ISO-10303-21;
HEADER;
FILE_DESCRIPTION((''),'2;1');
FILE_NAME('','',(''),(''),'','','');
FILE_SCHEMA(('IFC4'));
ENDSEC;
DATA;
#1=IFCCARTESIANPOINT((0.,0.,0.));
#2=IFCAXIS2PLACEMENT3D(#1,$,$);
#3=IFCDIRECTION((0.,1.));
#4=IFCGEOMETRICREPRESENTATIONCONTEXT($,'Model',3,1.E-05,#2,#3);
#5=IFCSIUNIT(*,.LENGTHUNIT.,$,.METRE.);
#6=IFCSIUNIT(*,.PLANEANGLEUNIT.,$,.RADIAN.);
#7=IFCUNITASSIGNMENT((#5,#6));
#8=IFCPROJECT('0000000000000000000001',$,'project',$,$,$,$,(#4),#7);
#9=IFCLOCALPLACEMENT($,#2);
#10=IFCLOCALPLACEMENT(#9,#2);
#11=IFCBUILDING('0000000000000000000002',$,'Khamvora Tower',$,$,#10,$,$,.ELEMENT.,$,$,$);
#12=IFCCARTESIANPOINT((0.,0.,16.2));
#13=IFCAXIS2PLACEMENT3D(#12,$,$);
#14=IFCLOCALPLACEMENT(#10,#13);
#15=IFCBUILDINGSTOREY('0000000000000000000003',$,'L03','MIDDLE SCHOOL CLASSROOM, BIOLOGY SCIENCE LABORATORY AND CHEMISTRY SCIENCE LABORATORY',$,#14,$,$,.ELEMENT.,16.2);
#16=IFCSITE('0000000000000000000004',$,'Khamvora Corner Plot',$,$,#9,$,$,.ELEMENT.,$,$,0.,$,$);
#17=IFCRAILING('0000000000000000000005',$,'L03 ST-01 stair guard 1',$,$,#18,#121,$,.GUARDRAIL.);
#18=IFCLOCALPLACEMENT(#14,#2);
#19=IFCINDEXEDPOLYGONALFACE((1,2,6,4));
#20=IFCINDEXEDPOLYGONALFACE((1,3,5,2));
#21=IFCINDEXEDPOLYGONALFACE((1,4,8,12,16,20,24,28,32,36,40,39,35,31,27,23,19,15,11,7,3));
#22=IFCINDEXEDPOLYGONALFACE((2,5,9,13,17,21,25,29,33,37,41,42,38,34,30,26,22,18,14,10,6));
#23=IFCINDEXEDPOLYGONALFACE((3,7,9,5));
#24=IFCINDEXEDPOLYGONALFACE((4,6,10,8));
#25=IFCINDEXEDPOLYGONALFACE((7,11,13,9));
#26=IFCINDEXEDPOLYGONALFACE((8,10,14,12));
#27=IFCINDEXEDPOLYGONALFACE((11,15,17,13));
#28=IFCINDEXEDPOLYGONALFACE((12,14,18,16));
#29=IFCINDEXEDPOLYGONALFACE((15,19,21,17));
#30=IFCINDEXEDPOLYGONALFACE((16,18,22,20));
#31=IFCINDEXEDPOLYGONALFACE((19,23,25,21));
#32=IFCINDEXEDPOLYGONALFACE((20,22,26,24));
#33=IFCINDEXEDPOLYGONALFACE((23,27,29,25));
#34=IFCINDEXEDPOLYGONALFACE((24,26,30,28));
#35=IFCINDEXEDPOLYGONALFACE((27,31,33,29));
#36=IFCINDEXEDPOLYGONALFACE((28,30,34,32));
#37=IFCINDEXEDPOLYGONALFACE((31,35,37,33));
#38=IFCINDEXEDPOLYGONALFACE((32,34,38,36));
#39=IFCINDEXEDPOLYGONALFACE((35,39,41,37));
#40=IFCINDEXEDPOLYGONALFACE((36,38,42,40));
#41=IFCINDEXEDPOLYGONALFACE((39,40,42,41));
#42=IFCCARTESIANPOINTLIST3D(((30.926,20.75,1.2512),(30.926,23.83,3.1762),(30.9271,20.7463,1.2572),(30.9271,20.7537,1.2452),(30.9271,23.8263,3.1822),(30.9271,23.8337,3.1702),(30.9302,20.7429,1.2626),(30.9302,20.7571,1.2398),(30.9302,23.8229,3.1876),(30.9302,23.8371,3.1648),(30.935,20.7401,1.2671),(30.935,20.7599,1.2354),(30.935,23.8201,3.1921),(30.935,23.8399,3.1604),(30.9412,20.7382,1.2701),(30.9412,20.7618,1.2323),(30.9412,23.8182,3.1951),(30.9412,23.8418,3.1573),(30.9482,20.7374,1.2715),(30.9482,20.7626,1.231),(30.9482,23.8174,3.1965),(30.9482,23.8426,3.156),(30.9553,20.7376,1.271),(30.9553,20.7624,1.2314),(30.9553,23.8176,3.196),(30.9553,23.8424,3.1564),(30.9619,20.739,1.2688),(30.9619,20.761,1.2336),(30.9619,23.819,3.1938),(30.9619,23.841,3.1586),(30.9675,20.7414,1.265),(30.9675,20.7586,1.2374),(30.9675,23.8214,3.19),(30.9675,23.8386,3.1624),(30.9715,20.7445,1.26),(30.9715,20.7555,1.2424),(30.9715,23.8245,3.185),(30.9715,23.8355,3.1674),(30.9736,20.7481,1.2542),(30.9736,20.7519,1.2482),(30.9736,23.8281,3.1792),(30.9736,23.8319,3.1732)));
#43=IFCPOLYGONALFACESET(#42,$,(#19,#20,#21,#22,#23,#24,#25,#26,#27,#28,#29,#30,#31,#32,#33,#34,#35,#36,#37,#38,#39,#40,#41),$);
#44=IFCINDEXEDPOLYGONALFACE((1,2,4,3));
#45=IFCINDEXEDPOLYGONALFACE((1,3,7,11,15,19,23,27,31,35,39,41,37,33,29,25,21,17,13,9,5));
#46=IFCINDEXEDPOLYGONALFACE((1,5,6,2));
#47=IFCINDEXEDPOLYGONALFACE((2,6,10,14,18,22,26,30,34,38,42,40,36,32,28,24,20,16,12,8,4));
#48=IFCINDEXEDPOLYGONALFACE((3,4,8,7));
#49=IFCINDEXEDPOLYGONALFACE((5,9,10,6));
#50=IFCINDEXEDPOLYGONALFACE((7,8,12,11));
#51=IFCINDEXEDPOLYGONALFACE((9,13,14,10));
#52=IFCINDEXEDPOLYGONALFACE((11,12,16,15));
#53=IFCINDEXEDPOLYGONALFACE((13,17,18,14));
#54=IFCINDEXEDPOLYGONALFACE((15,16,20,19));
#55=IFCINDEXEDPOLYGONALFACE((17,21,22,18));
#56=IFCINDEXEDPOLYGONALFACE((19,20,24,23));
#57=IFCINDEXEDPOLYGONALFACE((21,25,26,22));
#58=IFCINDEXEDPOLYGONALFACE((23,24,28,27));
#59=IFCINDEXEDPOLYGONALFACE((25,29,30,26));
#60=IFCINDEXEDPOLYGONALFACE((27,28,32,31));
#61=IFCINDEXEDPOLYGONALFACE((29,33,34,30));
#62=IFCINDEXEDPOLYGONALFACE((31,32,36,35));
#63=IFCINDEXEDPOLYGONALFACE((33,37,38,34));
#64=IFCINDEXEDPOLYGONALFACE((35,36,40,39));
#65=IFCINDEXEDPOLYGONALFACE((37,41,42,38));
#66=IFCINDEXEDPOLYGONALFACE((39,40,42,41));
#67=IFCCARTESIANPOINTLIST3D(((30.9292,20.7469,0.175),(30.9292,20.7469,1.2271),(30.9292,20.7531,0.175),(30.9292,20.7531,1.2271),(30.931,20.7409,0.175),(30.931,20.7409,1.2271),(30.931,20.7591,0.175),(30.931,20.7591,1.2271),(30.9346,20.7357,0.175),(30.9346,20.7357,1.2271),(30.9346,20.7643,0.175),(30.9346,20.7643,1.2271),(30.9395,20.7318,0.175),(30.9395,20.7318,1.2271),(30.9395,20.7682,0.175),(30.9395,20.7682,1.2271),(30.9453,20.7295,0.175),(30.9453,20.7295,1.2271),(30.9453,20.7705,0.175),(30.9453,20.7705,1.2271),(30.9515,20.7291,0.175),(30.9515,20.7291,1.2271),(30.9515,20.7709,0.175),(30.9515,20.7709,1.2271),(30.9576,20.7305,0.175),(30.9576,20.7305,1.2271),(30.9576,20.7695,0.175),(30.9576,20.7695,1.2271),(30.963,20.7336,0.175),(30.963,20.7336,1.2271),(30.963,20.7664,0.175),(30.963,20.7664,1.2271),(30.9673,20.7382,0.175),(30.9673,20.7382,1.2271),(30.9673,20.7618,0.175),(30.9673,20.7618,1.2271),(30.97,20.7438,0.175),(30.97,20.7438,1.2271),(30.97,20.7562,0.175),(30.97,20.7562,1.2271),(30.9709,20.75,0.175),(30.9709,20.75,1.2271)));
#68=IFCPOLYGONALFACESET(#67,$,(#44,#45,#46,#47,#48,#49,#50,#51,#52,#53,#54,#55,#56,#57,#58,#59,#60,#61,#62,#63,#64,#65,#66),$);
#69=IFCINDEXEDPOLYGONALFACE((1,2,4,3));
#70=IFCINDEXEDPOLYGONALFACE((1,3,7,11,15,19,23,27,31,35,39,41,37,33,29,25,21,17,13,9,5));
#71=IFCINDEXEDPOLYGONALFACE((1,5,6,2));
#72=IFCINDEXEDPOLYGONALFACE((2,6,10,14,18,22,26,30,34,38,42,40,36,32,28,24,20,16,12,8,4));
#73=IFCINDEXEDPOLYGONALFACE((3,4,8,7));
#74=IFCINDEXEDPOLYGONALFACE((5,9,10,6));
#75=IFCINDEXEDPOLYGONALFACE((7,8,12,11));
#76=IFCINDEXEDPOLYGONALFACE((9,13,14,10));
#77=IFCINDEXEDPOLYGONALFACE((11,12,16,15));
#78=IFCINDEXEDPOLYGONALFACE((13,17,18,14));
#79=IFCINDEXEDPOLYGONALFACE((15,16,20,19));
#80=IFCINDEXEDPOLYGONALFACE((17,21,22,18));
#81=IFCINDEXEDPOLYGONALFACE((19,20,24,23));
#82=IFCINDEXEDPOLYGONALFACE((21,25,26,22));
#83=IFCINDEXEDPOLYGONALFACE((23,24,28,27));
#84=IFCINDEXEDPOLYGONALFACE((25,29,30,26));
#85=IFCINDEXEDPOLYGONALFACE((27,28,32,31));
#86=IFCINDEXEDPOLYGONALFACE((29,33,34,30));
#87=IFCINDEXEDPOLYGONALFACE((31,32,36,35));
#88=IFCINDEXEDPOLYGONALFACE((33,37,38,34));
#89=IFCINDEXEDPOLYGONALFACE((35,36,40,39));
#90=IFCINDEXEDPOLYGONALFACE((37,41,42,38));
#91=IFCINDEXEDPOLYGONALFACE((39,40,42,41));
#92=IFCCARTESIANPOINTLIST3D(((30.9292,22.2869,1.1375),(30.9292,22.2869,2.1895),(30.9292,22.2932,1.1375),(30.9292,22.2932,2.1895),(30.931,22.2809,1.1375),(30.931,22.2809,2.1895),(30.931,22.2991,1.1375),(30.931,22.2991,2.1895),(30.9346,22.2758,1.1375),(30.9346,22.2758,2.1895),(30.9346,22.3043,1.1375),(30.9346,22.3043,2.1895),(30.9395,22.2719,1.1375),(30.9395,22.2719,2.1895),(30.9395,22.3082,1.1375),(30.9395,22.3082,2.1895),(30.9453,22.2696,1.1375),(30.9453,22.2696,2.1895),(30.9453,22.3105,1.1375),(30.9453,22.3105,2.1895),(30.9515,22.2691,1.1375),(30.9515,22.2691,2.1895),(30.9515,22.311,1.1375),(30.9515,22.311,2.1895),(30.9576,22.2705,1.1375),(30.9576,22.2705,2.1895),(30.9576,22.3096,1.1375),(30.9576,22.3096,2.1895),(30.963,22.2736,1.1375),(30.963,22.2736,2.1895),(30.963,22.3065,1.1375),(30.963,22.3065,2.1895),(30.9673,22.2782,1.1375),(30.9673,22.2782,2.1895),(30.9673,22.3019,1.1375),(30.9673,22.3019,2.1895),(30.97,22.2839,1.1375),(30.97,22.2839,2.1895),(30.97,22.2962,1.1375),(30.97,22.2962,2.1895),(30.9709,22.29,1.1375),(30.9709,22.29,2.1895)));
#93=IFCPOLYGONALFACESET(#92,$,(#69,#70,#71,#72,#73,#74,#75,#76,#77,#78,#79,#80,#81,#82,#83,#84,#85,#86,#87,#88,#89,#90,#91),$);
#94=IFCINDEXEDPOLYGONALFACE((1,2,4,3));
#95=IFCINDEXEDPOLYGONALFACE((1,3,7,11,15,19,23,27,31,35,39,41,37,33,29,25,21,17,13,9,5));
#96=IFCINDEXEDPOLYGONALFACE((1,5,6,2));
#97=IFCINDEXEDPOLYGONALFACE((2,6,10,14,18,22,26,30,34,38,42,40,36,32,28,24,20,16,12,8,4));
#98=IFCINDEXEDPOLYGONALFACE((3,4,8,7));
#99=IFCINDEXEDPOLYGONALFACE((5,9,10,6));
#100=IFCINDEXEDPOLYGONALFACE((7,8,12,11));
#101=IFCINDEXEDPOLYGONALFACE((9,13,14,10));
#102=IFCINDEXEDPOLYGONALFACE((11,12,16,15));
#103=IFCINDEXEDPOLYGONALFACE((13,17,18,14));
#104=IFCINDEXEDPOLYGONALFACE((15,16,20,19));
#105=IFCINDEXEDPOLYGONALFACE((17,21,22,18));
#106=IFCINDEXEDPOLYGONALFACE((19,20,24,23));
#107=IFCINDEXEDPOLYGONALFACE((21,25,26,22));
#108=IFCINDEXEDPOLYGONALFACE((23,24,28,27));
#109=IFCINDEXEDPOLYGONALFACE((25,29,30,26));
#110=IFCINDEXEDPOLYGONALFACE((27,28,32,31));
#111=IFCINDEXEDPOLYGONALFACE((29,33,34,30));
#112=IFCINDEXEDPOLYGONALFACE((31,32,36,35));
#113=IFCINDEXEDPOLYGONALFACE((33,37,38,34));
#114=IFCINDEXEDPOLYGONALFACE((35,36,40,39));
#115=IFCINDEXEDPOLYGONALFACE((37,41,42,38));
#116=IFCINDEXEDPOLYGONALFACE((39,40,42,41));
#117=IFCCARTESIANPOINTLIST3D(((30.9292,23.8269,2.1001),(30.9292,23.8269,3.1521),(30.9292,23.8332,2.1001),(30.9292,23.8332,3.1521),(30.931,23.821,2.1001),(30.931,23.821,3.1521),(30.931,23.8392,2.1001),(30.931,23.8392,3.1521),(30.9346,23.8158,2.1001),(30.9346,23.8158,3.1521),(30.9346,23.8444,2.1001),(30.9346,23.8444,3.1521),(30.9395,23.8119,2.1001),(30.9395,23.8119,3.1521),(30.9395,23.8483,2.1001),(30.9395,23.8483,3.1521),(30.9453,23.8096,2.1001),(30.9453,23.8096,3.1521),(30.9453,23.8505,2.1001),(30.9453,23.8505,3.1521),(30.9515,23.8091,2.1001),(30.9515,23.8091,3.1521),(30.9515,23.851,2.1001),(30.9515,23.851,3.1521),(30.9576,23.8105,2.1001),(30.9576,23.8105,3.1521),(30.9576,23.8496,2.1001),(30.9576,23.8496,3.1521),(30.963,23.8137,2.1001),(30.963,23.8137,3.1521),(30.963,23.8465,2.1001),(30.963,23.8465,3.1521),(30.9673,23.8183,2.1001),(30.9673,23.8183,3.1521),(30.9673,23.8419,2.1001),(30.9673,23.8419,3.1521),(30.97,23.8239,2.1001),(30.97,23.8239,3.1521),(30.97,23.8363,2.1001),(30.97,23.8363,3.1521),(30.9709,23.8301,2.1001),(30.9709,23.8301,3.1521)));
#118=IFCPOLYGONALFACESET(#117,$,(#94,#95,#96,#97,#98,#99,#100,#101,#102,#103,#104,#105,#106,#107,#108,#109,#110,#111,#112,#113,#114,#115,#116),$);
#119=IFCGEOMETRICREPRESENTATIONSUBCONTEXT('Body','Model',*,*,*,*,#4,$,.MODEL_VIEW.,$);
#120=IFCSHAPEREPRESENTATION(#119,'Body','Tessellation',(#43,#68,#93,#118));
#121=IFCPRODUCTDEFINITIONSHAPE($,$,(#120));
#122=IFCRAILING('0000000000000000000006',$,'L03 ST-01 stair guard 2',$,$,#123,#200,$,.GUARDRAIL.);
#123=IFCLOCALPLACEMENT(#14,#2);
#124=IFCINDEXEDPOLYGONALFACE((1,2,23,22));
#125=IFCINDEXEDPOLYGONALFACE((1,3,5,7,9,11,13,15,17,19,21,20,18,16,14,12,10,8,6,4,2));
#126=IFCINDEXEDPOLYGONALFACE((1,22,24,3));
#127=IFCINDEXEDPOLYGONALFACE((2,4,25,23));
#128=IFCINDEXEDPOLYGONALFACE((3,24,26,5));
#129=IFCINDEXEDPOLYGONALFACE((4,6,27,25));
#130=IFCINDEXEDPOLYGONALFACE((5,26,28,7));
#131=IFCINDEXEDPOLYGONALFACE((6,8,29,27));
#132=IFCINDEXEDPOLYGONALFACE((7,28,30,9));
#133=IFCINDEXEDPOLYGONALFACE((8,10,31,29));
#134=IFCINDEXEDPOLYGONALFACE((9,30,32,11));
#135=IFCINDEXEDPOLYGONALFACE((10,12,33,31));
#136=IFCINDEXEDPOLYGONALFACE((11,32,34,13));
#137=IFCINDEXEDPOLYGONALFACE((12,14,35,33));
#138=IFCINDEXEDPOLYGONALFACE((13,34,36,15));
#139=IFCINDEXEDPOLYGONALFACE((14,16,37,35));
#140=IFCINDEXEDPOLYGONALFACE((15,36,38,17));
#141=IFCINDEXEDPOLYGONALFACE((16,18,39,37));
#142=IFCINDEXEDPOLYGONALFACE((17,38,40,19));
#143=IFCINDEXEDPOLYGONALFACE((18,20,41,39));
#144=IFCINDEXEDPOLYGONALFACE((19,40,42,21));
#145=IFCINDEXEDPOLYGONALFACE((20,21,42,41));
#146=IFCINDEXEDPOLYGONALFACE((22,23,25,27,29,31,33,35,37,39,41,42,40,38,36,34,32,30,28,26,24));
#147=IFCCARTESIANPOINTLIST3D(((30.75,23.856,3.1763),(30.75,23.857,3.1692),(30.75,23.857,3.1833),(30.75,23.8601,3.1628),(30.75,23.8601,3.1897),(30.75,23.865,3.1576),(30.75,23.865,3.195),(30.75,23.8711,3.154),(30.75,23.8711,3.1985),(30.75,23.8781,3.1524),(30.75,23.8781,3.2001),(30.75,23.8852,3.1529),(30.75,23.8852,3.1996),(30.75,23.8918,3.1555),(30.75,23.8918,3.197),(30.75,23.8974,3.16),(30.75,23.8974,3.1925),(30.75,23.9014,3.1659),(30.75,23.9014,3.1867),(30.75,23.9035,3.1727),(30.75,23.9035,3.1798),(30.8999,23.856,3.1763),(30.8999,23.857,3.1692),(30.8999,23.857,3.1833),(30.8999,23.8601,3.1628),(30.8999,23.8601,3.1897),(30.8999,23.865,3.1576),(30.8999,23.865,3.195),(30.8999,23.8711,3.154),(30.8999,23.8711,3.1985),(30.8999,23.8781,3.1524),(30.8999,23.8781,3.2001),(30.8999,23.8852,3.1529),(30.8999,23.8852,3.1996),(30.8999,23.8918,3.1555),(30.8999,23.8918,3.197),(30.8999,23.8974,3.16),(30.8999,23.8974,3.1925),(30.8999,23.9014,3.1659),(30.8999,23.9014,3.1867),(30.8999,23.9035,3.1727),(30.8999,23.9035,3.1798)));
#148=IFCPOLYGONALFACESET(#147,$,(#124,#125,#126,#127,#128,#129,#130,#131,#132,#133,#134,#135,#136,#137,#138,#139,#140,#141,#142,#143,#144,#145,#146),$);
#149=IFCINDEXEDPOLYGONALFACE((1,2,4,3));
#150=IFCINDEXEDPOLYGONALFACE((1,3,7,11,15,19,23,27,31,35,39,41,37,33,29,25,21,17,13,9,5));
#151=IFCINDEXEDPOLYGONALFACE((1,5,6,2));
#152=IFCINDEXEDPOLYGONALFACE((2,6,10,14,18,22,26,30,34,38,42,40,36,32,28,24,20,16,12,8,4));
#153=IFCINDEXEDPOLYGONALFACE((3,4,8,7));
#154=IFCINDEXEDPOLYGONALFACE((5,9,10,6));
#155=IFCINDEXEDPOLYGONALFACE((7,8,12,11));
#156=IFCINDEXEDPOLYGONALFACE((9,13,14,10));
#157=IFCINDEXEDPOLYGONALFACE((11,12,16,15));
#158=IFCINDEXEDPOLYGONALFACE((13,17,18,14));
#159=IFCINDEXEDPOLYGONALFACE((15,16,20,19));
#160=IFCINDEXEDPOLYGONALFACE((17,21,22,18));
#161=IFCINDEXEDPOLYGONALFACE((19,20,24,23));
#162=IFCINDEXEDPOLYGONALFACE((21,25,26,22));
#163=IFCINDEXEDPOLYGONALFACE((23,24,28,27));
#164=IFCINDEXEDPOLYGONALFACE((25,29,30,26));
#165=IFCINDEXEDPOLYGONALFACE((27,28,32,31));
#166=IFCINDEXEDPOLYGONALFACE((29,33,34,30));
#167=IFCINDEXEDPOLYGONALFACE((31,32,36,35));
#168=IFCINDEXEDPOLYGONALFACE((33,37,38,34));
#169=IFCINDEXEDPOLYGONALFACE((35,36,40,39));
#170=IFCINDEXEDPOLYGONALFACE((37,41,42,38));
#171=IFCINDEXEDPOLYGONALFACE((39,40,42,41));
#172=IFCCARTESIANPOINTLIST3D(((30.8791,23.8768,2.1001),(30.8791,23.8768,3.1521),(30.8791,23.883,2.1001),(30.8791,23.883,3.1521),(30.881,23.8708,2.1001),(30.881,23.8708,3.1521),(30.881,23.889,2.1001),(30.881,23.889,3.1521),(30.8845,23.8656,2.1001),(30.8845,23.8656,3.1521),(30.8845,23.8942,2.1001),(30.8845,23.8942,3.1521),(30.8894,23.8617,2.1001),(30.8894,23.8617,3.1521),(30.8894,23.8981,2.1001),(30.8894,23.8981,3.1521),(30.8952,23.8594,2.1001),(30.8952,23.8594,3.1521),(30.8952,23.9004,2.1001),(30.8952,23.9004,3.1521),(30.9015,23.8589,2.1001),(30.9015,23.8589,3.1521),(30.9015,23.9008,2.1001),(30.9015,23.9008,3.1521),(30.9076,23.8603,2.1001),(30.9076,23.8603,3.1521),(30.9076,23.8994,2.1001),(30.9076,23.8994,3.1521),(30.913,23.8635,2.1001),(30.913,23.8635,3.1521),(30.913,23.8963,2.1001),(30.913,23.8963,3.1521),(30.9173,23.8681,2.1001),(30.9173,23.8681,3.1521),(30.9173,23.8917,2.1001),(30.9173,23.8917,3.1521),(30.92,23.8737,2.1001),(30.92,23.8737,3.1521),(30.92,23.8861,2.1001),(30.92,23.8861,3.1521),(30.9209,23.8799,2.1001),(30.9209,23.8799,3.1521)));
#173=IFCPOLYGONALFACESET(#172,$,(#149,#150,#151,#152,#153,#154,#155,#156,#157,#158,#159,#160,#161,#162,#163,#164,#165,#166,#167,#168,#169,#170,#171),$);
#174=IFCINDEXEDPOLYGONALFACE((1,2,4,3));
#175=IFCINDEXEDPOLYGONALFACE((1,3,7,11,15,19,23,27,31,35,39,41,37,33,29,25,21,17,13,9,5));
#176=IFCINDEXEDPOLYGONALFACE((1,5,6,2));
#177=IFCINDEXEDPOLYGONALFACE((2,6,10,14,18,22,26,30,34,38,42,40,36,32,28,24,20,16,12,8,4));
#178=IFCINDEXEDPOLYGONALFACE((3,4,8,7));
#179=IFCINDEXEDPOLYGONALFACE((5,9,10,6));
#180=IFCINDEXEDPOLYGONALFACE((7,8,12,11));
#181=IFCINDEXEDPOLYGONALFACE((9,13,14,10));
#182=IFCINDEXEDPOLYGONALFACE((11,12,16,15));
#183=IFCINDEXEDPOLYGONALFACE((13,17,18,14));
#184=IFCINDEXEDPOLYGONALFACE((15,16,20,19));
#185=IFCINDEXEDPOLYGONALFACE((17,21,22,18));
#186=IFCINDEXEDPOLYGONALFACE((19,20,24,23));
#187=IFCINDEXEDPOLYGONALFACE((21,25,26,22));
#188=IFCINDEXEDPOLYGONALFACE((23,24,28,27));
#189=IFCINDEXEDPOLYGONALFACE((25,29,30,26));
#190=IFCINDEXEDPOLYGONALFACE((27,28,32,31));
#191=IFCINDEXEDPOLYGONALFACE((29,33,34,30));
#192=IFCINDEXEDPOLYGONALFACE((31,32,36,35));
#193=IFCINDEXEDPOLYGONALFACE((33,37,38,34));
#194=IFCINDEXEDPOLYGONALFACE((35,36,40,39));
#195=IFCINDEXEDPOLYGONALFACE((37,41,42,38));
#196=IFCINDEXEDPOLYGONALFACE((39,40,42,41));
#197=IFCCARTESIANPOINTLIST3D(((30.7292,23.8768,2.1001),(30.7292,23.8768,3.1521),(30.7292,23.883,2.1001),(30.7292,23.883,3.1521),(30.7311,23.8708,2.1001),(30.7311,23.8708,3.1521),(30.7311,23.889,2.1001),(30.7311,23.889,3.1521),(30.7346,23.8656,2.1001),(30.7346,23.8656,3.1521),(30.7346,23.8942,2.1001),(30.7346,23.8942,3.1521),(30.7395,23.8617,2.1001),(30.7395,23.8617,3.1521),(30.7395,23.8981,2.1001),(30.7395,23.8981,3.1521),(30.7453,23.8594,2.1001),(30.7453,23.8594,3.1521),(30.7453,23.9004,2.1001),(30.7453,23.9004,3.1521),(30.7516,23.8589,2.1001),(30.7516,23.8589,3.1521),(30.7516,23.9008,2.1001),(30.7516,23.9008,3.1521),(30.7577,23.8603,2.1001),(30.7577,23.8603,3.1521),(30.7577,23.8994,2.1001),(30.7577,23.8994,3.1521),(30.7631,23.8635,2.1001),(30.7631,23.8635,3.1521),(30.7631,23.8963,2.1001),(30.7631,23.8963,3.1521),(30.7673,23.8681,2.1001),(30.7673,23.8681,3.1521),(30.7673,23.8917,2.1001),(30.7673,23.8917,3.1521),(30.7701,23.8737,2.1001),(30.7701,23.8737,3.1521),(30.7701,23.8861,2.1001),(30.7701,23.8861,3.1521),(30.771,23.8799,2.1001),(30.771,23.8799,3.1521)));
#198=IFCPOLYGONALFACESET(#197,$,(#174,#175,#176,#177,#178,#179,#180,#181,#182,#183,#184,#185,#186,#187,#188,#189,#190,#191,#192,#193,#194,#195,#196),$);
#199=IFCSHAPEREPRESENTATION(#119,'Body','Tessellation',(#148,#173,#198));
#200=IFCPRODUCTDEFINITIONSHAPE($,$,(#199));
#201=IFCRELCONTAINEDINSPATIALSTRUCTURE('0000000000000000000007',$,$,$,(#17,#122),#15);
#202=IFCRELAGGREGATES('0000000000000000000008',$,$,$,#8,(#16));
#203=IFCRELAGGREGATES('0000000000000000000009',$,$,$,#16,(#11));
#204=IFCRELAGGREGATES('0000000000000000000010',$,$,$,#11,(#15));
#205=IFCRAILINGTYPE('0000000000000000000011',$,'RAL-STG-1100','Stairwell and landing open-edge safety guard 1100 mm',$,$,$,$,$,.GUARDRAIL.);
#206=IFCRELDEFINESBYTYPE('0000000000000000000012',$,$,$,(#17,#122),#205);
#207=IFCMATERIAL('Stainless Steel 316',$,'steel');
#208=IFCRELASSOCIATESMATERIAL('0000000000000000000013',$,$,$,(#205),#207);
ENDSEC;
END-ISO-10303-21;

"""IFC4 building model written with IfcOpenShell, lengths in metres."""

from ifc_helpers import new_model, si_unit, direction, frame, origin, origin_2d, place, context, subcontext, project, spatial, circle, extrude, material, type_object, element, save


model = new_model("IFC4")

# Units and contexts
model_context = context("Model", 3, precision=1e-05, world=origin(), true_north=direction((0.0, 1.0)))
body_context = subcontext(model_context, "Body", "Model", "MODEL_VIEW")
ifc_project = project(units=[si_unit("LENGTHUNIT", "METRE"), si_unit("PLANEANGLEUNIT", "RADIAN")], contexts=[model_context])

# Site, building, storey
site_placement = place(None, origin())
site = spatial("IfcSite", under=ifc_project, at=site_placement, Name="Khamvora Corner Plot", CompositionType="ELEMENT", RefElevation=0.0)
building_placement = place(site_placement, origin())
building = spatial("IfcBuilding", under=site, at=building_placement, Name="Khamvora Tower", CompositionType="ELEMENT")
storey_placement = place(building_placement, frame((0.0, 0.0, 16.2)))
storey = spatial("IfcBuildingStorey", under=building, at=storey_placement, Name="L03", Description="MIDDLE SCHOOL CLASSROOM, BIOLOGY SCIENCE LABORATORY AND CHEMISTRY SCIENCE LABORATORY", CompositionType="ELEMENT", Elevation=16.2)

# Railings
ifc_material_1 = material(Name="Stainless Steel 316", Category="steel")
railing_type_1 = type_object("IfcRailingType", Name="RAL-STG-1100", Description="Stairwell and landing open-edge safety guard 1100 mm", PredefinedType="GUARDRAIL", material=ifc_material_1)
railing_1_placement = place(storey_placement, frame((30.95, 20.75, 0.175)))
element("IfcRailing", 1, at=railing_1_placement, inside=storey, type_object=railing_type_1, Name="L03 ST-01 stair guard 1", PredefinedType="GUARDRAIL", context=body_context, shape_type="SweptSolid", body=[
    extrude(circle(Radius=0.0239, at=origin_2d()), frame((0.0, 0.0, 1.0762), z_axis=(0.0, 0.847998, 0.529999), x_axis=(-1.0, 0.0, 0.0)), (0.0, 0.0, 1.0), 3.6321),
    extrude(circle(Radius=0.021, at=origin_2d()), origin(), (0.0, 0.0, 1.0), 1.052),
    extrude(circle(Radius=0.021, at=origin_2d()), frame((0.0, 1.54, 0.9624)), (0.0, 0.0, 1.0), 1.052),
    extrude(circle(Radius=0.021, at=origin_2d()), frame((0.0, 3.0801, 1.925)), (0.0, 0.0, 1.0), 1.052),
])
railing_2_placement = place(storey_placement, frame((30.8999, 23.8799, 2.1001)))
element("IfcRailing", 2, at=railing_2_placement, inside=storey, type_object=railing_type_1, Name="L03 ST-01 stair guard 2", PredefinedType="GUARDRAIL", context=body_context, shape_type="SweptSolid", body=[
    extrude(circle(Radius=0.0239, at=origin_2d()), frame((0.0, 0.0, 1.0762), z_axis=(-1.0, 0.0, 0.0), x_axis=(0.0, -1.0, 0.0)), (0.0, 0.0, 1.0), 0.1499),
    extrude(circle(Radius=0.021, at=origin_2d()), origin(), (0.0, 0.0, 1.0), 1.052),
    extrude(circle(Radius=0.021, at=origin_2d()), frame((-0.1499, 0.0, 0.0)), (0.0, 0.0, 1.0), 1.052),
])

save(model, "model.ifc")
